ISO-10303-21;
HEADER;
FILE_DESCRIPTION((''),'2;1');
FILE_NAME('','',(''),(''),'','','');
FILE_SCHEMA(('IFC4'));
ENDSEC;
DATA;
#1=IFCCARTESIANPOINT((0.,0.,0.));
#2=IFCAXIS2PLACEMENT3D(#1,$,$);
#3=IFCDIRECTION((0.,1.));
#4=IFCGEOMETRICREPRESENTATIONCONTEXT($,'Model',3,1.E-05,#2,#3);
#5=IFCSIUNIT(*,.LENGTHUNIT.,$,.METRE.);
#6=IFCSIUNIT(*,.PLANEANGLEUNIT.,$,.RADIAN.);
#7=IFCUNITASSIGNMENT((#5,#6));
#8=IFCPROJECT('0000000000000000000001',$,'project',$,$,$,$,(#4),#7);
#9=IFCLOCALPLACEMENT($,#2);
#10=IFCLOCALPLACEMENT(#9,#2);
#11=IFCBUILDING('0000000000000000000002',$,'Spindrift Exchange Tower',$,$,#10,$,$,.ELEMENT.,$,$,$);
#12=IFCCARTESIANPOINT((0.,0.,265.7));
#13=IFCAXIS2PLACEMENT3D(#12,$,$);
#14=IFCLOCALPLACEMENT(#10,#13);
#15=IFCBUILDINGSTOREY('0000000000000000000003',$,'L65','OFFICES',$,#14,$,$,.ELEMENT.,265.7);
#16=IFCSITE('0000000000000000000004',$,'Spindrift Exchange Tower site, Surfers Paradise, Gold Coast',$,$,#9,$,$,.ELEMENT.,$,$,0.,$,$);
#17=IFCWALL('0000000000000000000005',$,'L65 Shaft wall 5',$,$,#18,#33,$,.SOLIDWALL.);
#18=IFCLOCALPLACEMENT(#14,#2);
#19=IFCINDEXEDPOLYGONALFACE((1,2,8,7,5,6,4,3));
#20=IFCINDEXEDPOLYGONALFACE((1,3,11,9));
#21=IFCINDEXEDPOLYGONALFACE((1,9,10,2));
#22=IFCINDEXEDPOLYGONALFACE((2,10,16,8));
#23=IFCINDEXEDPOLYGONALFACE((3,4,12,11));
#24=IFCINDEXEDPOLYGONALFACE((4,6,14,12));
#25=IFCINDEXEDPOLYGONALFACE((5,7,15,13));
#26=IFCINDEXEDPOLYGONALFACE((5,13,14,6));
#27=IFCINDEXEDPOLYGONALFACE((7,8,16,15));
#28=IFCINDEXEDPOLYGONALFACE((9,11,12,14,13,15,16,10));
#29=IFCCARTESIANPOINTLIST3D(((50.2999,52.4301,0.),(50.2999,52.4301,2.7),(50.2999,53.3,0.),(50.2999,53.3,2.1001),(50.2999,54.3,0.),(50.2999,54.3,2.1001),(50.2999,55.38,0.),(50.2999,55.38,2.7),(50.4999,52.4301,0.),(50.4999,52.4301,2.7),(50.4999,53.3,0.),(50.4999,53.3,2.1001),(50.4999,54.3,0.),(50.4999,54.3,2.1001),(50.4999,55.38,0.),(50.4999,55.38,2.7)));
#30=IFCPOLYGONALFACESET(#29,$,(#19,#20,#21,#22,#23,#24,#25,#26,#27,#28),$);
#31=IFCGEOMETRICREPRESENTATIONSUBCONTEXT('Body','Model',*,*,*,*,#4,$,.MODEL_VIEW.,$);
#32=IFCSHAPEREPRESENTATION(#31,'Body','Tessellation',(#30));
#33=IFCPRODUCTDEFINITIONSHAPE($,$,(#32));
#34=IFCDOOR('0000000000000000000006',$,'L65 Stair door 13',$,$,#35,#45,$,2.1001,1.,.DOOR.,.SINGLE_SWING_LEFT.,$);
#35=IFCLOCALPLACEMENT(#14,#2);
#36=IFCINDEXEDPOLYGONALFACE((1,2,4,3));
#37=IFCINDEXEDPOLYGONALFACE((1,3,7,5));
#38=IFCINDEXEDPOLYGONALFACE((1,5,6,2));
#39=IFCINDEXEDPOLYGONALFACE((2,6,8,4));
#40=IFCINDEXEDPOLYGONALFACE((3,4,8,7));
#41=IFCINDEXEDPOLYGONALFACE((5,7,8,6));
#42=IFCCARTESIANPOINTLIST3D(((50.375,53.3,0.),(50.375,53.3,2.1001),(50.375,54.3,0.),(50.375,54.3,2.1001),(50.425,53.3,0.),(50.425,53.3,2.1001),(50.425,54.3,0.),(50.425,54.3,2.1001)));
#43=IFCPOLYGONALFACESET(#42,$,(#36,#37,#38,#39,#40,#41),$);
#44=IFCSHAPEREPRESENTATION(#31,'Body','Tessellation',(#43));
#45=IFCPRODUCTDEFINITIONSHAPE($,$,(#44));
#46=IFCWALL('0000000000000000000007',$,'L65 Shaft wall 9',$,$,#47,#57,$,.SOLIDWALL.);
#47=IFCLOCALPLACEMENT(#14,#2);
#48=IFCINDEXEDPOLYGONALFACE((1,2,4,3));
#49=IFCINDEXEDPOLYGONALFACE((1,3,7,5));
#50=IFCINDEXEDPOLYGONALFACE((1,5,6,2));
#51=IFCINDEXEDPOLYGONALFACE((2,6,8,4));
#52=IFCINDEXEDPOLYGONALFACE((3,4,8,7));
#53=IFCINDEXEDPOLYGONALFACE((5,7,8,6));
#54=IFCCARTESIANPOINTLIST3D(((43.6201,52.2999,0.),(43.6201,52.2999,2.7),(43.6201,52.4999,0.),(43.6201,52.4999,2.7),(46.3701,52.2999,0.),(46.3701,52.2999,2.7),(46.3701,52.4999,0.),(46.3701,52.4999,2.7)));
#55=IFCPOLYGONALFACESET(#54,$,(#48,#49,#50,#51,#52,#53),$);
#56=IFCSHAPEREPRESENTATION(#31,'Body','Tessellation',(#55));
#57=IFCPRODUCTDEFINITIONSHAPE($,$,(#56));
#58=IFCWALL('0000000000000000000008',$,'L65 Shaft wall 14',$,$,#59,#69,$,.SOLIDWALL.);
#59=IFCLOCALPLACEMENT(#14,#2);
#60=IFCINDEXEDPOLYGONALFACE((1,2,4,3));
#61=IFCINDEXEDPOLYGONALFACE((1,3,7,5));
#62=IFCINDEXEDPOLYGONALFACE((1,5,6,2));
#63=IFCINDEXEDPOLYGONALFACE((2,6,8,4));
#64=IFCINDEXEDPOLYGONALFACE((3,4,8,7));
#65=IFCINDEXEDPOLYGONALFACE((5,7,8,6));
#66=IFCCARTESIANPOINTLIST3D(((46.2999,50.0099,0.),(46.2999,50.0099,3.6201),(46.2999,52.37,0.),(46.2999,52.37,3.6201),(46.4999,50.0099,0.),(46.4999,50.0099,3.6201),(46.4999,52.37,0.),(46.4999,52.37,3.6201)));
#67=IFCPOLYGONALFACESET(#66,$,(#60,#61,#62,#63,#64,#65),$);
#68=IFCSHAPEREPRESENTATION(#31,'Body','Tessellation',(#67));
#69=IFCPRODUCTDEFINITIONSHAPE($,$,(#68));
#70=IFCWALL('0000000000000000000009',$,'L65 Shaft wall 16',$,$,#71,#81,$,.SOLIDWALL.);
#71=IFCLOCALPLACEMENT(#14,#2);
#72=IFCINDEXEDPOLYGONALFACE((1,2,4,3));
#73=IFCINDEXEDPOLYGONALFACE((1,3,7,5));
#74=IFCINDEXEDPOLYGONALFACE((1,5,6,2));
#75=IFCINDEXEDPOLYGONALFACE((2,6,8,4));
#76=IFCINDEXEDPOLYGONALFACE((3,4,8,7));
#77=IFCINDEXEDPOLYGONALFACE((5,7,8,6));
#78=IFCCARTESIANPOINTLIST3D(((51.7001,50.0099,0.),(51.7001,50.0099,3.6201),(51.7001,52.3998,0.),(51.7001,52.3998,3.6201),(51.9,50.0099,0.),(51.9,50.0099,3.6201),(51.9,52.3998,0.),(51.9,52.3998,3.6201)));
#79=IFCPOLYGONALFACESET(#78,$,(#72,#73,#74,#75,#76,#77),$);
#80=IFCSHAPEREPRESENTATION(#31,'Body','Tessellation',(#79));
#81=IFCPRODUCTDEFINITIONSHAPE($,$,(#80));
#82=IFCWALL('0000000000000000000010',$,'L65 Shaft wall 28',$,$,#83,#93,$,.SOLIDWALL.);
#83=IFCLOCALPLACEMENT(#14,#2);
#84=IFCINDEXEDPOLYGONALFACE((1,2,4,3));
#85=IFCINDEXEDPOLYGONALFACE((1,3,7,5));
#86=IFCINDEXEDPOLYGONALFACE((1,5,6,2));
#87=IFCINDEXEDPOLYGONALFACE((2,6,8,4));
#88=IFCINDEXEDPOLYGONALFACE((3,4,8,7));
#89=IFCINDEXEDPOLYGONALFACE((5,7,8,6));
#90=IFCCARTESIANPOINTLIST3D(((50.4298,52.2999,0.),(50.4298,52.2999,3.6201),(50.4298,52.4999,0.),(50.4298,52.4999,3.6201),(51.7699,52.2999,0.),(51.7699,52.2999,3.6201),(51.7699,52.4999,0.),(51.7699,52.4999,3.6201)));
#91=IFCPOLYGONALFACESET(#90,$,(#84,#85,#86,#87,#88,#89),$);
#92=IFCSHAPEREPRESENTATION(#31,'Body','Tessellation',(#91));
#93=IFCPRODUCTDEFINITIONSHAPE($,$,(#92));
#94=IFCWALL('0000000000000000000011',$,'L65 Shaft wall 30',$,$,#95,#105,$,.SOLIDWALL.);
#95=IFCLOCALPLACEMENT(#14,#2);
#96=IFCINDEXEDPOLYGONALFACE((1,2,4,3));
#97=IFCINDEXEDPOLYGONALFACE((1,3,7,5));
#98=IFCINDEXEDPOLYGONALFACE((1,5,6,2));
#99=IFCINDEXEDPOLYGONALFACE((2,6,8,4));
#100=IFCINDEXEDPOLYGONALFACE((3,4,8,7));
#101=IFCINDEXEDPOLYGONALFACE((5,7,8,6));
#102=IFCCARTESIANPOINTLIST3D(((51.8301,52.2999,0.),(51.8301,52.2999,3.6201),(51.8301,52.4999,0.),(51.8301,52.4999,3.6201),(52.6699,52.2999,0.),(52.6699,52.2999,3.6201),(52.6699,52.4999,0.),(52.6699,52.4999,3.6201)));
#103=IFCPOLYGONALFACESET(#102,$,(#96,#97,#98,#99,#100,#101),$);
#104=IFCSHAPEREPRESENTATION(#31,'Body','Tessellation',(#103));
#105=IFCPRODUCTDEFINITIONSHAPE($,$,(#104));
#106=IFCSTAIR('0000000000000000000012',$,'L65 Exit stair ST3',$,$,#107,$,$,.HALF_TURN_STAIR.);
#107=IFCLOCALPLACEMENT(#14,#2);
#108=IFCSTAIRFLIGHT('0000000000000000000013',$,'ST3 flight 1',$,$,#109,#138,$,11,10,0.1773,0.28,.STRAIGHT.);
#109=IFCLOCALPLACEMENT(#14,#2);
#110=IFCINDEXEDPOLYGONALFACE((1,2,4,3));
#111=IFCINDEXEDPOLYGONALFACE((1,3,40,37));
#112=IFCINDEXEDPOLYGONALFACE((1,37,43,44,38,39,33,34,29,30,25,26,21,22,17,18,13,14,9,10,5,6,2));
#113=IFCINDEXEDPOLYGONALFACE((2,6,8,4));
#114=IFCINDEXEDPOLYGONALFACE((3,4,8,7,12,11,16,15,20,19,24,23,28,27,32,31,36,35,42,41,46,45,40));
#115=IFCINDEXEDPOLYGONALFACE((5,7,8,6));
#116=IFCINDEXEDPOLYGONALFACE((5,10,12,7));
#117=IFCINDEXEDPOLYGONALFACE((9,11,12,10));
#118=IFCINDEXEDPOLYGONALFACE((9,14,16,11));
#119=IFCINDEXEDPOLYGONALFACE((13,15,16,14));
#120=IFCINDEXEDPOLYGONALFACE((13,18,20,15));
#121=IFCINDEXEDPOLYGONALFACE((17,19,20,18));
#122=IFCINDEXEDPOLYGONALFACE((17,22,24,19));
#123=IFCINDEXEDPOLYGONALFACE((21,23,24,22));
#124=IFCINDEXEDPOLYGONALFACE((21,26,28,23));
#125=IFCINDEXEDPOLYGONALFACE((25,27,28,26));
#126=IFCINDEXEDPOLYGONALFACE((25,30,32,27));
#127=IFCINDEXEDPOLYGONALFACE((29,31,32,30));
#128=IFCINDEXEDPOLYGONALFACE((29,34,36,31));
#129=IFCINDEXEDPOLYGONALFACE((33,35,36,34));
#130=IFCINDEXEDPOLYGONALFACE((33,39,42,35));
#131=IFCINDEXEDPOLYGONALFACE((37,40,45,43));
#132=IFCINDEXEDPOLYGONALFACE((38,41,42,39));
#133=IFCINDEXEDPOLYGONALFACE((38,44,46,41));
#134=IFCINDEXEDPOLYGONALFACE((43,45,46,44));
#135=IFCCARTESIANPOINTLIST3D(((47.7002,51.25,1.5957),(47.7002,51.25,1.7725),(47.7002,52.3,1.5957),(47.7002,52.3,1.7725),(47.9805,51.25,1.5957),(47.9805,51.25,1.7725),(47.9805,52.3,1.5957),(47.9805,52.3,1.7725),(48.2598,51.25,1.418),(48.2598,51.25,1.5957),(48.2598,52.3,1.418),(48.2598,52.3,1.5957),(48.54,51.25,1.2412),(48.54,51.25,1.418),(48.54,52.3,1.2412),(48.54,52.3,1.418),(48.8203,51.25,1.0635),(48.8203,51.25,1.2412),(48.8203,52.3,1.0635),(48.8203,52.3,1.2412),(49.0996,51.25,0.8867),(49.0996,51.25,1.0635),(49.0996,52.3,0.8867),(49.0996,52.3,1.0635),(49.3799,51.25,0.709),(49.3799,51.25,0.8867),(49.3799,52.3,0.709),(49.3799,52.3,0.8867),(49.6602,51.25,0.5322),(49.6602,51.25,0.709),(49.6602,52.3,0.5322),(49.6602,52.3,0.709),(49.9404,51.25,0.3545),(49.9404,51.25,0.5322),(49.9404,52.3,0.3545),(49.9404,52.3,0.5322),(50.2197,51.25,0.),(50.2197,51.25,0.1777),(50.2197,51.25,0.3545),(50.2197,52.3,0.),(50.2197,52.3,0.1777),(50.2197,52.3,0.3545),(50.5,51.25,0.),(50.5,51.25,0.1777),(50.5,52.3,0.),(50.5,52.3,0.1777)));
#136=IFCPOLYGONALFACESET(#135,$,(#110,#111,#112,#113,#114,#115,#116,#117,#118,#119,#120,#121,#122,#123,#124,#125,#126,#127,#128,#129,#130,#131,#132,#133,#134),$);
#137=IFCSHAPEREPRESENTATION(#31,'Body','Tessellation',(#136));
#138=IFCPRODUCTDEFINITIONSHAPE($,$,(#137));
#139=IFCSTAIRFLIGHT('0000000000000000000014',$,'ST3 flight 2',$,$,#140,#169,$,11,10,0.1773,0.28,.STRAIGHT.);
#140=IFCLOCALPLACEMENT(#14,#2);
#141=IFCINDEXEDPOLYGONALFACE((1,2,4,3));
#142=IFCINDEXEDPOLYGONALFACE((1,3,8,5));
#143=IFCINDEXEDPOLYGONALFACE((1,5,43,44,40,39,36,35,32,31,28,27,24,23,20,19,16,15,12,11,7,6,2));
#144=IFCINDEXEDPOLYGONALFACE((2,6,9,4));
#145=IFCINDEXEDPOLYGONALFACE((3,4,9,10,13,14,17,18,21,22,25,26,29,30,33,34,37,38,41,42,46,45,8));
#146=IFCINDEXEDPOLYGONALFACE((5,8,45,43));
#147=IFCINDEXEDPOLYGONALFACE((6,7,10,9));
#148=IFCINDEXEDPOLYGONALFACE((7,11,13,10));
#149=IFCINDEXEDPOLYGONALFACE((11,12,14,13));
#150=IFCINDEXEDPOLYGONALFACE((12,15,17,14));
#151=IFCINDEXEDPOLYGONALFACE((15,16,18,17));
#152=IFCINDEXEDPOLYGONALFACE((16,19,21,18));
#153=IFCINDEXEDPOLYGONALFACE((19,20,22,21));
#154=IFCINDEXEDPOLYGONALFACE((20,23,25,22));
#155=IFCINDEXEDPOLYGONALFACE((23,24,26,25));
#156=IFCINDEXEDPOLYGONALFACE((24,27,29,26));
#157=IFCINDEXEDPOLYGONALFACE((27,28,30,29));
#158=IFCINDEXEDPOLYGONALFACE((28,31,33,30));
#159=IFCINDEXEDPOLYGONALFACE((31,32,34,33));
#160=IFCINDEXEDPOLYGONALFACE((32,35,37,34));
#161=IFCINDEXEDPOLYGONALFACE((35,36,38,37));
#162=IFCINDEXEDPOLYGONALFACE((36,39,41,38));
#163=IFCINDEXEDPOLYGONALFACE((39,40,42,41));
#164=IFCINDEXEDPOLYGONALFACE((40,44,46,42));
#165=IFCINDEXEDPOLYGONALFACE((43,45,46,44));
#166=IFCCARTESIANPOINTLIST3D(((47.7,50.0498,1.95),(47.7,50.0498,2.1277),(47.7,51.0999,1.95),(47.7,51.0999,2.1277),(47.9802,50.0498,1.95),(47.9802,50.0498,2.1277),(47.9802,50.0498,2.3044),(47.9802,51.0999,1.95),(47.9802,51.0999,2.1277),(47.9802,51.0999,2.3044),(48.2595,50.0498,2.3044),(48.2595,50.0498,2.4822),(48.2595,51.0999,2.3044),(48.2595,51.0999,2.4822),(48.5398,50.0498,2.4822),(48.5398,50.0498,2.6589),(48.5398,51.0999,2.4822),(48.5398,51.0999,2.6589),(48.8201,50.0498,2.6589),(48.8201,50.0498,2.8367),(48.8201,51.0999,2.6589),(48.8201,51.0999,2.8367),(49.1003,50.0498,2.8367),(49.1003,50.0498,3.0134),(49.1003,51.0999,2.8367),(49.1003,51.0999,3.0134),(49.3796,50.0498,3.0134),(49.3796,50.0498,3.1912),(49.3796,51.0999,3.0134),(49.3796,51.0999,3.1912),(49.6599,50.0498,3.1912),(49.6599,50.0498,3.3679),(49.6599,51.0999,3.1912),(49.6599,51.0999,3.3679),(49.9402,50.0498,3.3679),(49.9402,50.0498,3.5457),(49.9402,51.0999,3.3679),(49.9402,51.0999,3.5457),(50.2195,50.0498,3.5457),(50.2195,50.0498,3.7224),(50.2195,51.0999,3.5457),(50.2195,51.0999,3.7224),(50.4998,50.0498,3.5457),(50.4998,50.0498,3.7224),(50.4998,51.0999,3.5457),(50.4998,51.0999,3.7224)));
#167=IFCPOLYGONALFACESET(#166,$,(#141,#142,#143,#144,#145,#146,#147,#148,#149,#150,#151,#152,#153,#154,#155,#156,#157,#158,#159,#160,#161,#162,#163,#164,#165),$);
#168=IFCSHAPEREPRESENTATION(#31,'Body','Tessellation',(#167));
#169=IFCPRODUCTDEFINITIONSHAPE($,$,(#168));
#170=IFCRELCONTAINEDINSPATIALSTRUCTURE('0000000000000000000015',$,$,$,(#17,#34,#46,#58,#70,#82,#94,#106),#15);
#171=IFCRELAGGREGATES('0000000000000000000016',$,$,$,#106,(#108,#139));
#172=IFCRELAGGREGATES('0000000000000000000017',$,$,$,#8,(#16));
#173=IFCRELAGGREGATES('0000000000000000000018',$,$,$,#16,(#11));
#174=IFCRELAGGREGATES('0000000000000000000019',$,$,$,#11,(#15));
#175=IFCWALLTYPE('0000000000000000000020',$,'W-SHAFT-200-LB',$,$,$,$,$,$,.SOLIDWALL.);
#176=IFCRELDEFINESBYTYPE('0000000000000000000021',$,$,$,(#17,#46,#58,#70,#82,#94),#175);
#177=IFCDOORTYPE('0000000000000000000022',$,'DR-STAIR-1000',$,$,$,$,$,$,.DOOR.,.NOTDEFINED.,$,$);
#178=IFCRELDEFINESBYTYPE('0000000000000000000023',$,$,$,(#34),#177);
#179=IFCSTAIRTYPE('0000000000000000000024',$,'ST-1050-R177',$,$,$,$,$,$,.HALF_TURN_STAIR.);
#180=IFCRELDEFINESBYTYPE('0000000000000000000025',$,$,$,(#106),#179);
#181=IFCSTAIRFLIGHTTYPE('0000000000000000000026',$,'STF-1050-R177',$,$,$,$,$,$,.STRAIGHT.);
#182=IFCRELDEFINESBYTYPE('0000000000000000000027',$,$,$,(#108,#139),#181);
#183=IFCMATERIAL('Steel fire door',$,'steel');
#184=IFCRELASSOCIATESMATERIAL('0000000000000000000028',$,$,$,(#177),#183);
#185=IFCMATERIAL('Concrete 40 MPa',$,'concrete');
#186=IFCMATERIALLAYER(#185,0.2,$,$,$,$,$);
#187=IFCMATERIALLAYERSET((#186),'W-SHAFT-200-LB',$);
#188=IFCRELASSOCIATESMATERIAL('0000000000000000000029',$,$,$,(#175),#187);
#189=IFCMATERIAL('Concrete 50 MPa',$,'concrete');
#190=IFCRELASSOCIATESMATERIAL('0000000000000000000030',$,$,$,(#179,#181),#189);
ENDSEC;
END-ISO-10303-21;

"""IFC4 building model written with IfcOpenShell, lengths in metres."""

from ifc_helpers import new_model, si_unit, direction, frame, frame_2d, origin, place, context, subcontext, project, spatial, line, indexed_curve, rectangle, outline, extrude, source, transform, mapped, material, layer, layer_set, type_object, element, fill, aggregate, save


model = new_model("IFC4")

# Units and contexts
model_context = context("Model", 3, precision=1e-05, world=origin(), true_north=direction((0.0, 1.0)))
body_context = subcontext(model_context, "Body", "Model", "MODEL_VIEW")
ifc_project = project(units=[si_unit("LENGTHUNIT", "METRE"), si_unit("PLANEANGLEUNIT", "RADIAN")], contexts=[model_context])

# Site, building, storey
site_placement = place(None, origin())
site = spatial("IfcSite", under=ifc_project, at=site_placement, Name="Spindrift Exchange Tower site, Surfers Paradise, Gold Coast", CompositionType="ELEMENT", RefElevation=0.0)
building_placement = place(site_placement, origin())
building = spatial("IfcBuilding", under=site, at=building_placement, Name="Spindrift Exchange Tower", CompositionType="ELEMENT")
storey_placement = place(building_placement, frame((0.0, 0.0, 265.7)))
storey = spatial("IfcBuildingStorey", under=building, at=storey_placement, Name="L65", Description="OFFICES", CompositionType="ELEMENT", Elevation=265.7)

# Shared definitions
ifc_material_1 = material(Name="Concrete 40 MPa", Category="concrete")

# Shared definitions
ifc_material_2 = material(Name="Concrete 50 MPa", Category="concrete")
ifc_material_3 = material(Name="Steel fire door", Category="steel")
door_type_1 = type_object("IfcDoorType", Name="DR-STAIR-1000", OperationType="NOTDEFINED", PredefinedType="DOOR", material=ifc_material_3)
shared_shape_1 = source(origin(), body_context, "Body", "SweptSolid", [
    extrude(rectangle(XDim=1.0, YDim=2.1001, at=frame_2d((0.5, 1.05))), frame((0.0, 0.0249, 0.0), z_axis=(0.0, -1.0, 0.0), x_axis=(1.0, 0.0, 0.0)), (0.0, 0.0, 1.0), 0.05),
])

# Shared definitions
ifc_layer_1 = layer(ifc_material_1, 0.2)
ifc_layer_set_1 = layer_set([ifc_layer_1], Name="W-SHAFT-200-LB")
wall_type_1 = type_object("IfcWallType", Name="W-SHAFT-200-LB", PredefinedType="SOLIDWALL", material=ifc_layer_set_1)

# Wall, opening, door
wall_1_placement = place(storey_placement, frame((50.3999, 52.4299, 0.0), z_axis=(0.0, 0.0, 1.0), x_axis=(0.0, 1.0, 0.0)))
wall_1 = element("IfcWall", 1, at=wall_1_placement, inside=storey, type_object=wall_type_1, Name="L65 Shaft wall 5", PredefinedType="SOLIDWALL", context=body_context, shape_type="SweptSolid", body=[
    extrude(rectangle(XDim=2.95, YDim=0.2, at=frame_2d((1.4751, 0.0))), origin(), (0.0, 0.0, 1.0), 2.7),
])
opening_1_placement = place(wall_1_placement, frame((0.8701, 0.0, 0.0)))
opening_1 = element("IfcOpeningElement", 2, at=opening_1_placement, cuts=wall_1, PredefinedType="OPENING", context=body_context, shape_type="SweptSolid", body=[
    extrude(rectangle(XDim=1.0, YDim=2.1001, at=frame_2d((0.5, 1.05))), frame((0.0, 0.1099, 0.0), z_axis=(0.0, -1.0, 0.0), x_axis=(1.0, 0.0, 0.0)), (0.0, 0.0, 1.0), 0.22),
])
door_1_placement = place(opening_1_placement, origin())
door_1 = element("IfcDoor", 3, at=door_1_placement, inside=storey, type_object=door_type_1, Name="L65 Stair door 13", OperationType="SINGLE_SWING_LEFT", OverallHeight=2.1001, OverallWidth=1.0, PredefinedType="DOOR", context=body_context, shape_type="MappedRepresentation", body=[
    mapped(shared_shape_1, transform((0.0, 0.0, 0.0), scale=1.0)),
])
fill(opening_1, door_1)

# Walls
wall_2_placement = place(storey_placement, frame((43.6201, 52.3999, 0.0), z_axis=(0.0, 0.0, 1.0), x_axis=(1.0, 0.0, 0.0)))
element("IfcWall", 4, at=wall_2_placement, inside=storey, type_object=wall_type_1, Name="L65 Shaft wall 9", PredefinedType="SOLIDWALL", context=body_context, shape_type="SweptSolid", body=[
    extrude(rectangle(XDim=2.75, YDim=0.2, at=frame_2d((1.375, 0.0))), origin(), (0.0, 0.0, 1.0), 2.7),
])
wall_3_placement = place(storey_placement, frame((46.3999, 52.3701, 0.0), z_axis=(0.0, 0.0, 1.0), x_axis=(0.0, -1.0, 0.0)))
element("IfcWall", 5, at=wall_3_placement, inside=storey, type_object=wall_type_1, Name="L65 Shaft wall 14", PredefinedType="SOLIDWALL", context=body_context, shape_type="SweptSolid", body=[
    extrude(rectangle(XDim=2.3601, YDim=0.2, at=frame_2d((1.1802, 0.0))), origin(), (0.0, 0.0, 1.0), 3.6201),
])
wall_4_placement = place(storey_placement, frame((51.8, 50.01, 0.0), z_axis=(0.0, 0.0, 1.0), x_axis=(0.0, 1.0, 0.0)))
element("IfcWall", 6, at=wall_4_placement, inside=storey, type_object=wall_type_1, Name="L65 Shaft wall 16", PredefinedType="SOLIDWALL", context=body_context, shape_type="SweptSolid", body=[
    extrude(rectangle(XDim=2.3899, YDim=0.2, at=frame_2d((1.1948, 0.0))), origin(), (0.0, 0.0, 1.0), 3.6201),
])
wall_5_placement = place(storey_placement, frame((50.4299, 52.3999, 0.0), z_axis=(0.0, 0.0, 1.0), x_axis=(1.0, 0.0, 0.0)))
element("IfcWall", 7, at=wall_5_placement, inside=storey, type_object=wall_type_1, Name="L65 Shaft wall 28", PredefinedType="SOLIDWALL", context=body_context, shape_type="SweptSolid", body=[
    extrude(rectangle(XDim=1.3401, YDim=0.2, at=frame_2d((0.6699, 0.0))), origin(), (0.0, 0.0, 1.0), 3.6201),
])
wall_6_placement = place(storey_placement, frame((51.8301, 52.3999, 0.0), z_axis=(0.0, 0.0, 1.0), x_axis=(1.0, 0.0, 0.0)))
element("IfcWall", 8, at=wall_6_placement, inside=storey, type_object=wall_type_1, Name="L65 Shaft wall 30", PredefinedType="SOLIDWALL", context=body_context, shape_type="SweptSolid", body=[
    extrude(rectangle(XDim=0.8398, YDim=0.2, at=frame_2d((0.4199, 0.0))), origin(), (0.0, 0.0, 1.0), 3.6201),
])

# Stair, stair flights
stair_type = type_object("IfcStairType", Name="ST-1050-R177", PredefinedType="HALF_TURN_STAIR", material=ifc_material_2)
stair_placement = place(storey_placement, origin())
stair = element("IfcStair", 9, at=stair_placement, inside=storey, type_object=stair_type, Name="L65 Exit stair ST3", PredefinedType="HALF_TURN_STAIR")
stair_flight_type = type_object("IfcStairFlightType", Name="STF-1050-R177", PredefinedType="STRAIGHT", material=ifc_material_2)
stair_flight_1_placement = place(storey_placement, frame((50.5, 51.7749, 0.0), z_axis=(0.0, 0.0, 1.0), x_axis=(-1.0, 0.0, 0.0)))
stair_flight_1 = element("IfcStairFlight", 10, at=stair_flight_1_placement, type_object=stair_flight_type, Name="ST3 flight 1", NumberOfRisers=11, NumberOfTreads=10, PredefinedType="STRAIGHT", RiserHeight=0.1773, TreadLength=0.28, context=body_context, shape_type="SweptSolid", body=[
    extrude(outline(indexed_curve([(0.0, 0.0), (0.0, 0.1777), (0.2803, 0.1777), (0.2803, 0.3545), (0.5596, 0.3545), (0.5596, 0.5322), (0.8398, 0.5322), (0.8398, 0.709), (1.1201, 0.709), (1.1201, 0.8867), (1.4004, 0.8867), (1.4004, 1.0635), (1.6797, 1.0635), (1.6797, 1.2412), (1.96, 1.2412), (1.96, 1.418), (2.2402, 1.418), (2.2402, 1.5957), (2.5195, 1.5957), (2.5195, 1.7725), (2.7998, 1.7725), (2.7998, 1.9502), (2.7998, 1.5957), (0.2803, 0.0)], segments=[line(1, 2, 3, 4, 5, 6, 7, 8, 9, 10, 11, 12, 13, 14, 15, 16, 17, 18, 19, 20, 21, 22, 23, 24, 1)], self_intersect=False)), frame((0.0, 0.5249, 0.0), z_axis=(0.0, -1.0, 0.0), x_axis=(1.0, 0.0, 0.0)), (0.0, 0.0, 1.0), 1.05),
])
stair_flight_2_placement = place(storey_placement, frame((47.7, 50.575, 1.95), z_axis=(0.0, 0.0, 1.0), x_axis=(1.0, 0.0, 0.0)))
stair_flight_2 = element("IfcStairFlight", 11, at=stair_flight_2_placement, type_object=stair_flight_type, Name="ST3 flight 2", NumberOfRisers=11, NumberOfTreads=10, PredefinedType="STRAIGHT", RiserHeight=0.1773, TreadLength=0.28, context=body_context, shape_type="SweptSolid", body=[
    extrude(outline(indexed_curve([(0.0, 0.0), (0.0, 0.1777), (0.2803, 0.1777), (0.2803, 0.3545), (0.5596, 0.3545), (0.5596, 0.5322), (0.8398, 0.5322), (0.8398, 0.709), (1.1201, 0.709), (1.1201, 0.8867), (1.4004, 0.8867), (1.4004, 1.0635), (1.6797, 1.0635), (1.6797, 1.2412), (1.96, 1.2412), (1.96, 1.418), (2.2402, 1.418), (2.2402, 1.5957), (2.5195, 1.5957), (2.5195, 1.7725), (2.7998, 1.7725), (2.7998, 1.9502), (2.7998, 1.5957), (0.2803, 0.0)], segments=[line(1, 2, 3, 4, 5, 6, 7, 8, 9, 10, 11, 12, 13, 14, 15, 16, 17, 18, 19, 20, 21, 22, 23, 24, 1)], self_intersect=False)), frame((0.0, 0.5249, 0.0), z_axis=(0.0, -1.0, 0.0), x_axis=(1.0, 0.0, 0.0)), (0.0, 0.0, 1.0), 1.05),
])
aggregate(stair, [stair_flight_1, stair_flight_2])

save(model, "model.ifc")
